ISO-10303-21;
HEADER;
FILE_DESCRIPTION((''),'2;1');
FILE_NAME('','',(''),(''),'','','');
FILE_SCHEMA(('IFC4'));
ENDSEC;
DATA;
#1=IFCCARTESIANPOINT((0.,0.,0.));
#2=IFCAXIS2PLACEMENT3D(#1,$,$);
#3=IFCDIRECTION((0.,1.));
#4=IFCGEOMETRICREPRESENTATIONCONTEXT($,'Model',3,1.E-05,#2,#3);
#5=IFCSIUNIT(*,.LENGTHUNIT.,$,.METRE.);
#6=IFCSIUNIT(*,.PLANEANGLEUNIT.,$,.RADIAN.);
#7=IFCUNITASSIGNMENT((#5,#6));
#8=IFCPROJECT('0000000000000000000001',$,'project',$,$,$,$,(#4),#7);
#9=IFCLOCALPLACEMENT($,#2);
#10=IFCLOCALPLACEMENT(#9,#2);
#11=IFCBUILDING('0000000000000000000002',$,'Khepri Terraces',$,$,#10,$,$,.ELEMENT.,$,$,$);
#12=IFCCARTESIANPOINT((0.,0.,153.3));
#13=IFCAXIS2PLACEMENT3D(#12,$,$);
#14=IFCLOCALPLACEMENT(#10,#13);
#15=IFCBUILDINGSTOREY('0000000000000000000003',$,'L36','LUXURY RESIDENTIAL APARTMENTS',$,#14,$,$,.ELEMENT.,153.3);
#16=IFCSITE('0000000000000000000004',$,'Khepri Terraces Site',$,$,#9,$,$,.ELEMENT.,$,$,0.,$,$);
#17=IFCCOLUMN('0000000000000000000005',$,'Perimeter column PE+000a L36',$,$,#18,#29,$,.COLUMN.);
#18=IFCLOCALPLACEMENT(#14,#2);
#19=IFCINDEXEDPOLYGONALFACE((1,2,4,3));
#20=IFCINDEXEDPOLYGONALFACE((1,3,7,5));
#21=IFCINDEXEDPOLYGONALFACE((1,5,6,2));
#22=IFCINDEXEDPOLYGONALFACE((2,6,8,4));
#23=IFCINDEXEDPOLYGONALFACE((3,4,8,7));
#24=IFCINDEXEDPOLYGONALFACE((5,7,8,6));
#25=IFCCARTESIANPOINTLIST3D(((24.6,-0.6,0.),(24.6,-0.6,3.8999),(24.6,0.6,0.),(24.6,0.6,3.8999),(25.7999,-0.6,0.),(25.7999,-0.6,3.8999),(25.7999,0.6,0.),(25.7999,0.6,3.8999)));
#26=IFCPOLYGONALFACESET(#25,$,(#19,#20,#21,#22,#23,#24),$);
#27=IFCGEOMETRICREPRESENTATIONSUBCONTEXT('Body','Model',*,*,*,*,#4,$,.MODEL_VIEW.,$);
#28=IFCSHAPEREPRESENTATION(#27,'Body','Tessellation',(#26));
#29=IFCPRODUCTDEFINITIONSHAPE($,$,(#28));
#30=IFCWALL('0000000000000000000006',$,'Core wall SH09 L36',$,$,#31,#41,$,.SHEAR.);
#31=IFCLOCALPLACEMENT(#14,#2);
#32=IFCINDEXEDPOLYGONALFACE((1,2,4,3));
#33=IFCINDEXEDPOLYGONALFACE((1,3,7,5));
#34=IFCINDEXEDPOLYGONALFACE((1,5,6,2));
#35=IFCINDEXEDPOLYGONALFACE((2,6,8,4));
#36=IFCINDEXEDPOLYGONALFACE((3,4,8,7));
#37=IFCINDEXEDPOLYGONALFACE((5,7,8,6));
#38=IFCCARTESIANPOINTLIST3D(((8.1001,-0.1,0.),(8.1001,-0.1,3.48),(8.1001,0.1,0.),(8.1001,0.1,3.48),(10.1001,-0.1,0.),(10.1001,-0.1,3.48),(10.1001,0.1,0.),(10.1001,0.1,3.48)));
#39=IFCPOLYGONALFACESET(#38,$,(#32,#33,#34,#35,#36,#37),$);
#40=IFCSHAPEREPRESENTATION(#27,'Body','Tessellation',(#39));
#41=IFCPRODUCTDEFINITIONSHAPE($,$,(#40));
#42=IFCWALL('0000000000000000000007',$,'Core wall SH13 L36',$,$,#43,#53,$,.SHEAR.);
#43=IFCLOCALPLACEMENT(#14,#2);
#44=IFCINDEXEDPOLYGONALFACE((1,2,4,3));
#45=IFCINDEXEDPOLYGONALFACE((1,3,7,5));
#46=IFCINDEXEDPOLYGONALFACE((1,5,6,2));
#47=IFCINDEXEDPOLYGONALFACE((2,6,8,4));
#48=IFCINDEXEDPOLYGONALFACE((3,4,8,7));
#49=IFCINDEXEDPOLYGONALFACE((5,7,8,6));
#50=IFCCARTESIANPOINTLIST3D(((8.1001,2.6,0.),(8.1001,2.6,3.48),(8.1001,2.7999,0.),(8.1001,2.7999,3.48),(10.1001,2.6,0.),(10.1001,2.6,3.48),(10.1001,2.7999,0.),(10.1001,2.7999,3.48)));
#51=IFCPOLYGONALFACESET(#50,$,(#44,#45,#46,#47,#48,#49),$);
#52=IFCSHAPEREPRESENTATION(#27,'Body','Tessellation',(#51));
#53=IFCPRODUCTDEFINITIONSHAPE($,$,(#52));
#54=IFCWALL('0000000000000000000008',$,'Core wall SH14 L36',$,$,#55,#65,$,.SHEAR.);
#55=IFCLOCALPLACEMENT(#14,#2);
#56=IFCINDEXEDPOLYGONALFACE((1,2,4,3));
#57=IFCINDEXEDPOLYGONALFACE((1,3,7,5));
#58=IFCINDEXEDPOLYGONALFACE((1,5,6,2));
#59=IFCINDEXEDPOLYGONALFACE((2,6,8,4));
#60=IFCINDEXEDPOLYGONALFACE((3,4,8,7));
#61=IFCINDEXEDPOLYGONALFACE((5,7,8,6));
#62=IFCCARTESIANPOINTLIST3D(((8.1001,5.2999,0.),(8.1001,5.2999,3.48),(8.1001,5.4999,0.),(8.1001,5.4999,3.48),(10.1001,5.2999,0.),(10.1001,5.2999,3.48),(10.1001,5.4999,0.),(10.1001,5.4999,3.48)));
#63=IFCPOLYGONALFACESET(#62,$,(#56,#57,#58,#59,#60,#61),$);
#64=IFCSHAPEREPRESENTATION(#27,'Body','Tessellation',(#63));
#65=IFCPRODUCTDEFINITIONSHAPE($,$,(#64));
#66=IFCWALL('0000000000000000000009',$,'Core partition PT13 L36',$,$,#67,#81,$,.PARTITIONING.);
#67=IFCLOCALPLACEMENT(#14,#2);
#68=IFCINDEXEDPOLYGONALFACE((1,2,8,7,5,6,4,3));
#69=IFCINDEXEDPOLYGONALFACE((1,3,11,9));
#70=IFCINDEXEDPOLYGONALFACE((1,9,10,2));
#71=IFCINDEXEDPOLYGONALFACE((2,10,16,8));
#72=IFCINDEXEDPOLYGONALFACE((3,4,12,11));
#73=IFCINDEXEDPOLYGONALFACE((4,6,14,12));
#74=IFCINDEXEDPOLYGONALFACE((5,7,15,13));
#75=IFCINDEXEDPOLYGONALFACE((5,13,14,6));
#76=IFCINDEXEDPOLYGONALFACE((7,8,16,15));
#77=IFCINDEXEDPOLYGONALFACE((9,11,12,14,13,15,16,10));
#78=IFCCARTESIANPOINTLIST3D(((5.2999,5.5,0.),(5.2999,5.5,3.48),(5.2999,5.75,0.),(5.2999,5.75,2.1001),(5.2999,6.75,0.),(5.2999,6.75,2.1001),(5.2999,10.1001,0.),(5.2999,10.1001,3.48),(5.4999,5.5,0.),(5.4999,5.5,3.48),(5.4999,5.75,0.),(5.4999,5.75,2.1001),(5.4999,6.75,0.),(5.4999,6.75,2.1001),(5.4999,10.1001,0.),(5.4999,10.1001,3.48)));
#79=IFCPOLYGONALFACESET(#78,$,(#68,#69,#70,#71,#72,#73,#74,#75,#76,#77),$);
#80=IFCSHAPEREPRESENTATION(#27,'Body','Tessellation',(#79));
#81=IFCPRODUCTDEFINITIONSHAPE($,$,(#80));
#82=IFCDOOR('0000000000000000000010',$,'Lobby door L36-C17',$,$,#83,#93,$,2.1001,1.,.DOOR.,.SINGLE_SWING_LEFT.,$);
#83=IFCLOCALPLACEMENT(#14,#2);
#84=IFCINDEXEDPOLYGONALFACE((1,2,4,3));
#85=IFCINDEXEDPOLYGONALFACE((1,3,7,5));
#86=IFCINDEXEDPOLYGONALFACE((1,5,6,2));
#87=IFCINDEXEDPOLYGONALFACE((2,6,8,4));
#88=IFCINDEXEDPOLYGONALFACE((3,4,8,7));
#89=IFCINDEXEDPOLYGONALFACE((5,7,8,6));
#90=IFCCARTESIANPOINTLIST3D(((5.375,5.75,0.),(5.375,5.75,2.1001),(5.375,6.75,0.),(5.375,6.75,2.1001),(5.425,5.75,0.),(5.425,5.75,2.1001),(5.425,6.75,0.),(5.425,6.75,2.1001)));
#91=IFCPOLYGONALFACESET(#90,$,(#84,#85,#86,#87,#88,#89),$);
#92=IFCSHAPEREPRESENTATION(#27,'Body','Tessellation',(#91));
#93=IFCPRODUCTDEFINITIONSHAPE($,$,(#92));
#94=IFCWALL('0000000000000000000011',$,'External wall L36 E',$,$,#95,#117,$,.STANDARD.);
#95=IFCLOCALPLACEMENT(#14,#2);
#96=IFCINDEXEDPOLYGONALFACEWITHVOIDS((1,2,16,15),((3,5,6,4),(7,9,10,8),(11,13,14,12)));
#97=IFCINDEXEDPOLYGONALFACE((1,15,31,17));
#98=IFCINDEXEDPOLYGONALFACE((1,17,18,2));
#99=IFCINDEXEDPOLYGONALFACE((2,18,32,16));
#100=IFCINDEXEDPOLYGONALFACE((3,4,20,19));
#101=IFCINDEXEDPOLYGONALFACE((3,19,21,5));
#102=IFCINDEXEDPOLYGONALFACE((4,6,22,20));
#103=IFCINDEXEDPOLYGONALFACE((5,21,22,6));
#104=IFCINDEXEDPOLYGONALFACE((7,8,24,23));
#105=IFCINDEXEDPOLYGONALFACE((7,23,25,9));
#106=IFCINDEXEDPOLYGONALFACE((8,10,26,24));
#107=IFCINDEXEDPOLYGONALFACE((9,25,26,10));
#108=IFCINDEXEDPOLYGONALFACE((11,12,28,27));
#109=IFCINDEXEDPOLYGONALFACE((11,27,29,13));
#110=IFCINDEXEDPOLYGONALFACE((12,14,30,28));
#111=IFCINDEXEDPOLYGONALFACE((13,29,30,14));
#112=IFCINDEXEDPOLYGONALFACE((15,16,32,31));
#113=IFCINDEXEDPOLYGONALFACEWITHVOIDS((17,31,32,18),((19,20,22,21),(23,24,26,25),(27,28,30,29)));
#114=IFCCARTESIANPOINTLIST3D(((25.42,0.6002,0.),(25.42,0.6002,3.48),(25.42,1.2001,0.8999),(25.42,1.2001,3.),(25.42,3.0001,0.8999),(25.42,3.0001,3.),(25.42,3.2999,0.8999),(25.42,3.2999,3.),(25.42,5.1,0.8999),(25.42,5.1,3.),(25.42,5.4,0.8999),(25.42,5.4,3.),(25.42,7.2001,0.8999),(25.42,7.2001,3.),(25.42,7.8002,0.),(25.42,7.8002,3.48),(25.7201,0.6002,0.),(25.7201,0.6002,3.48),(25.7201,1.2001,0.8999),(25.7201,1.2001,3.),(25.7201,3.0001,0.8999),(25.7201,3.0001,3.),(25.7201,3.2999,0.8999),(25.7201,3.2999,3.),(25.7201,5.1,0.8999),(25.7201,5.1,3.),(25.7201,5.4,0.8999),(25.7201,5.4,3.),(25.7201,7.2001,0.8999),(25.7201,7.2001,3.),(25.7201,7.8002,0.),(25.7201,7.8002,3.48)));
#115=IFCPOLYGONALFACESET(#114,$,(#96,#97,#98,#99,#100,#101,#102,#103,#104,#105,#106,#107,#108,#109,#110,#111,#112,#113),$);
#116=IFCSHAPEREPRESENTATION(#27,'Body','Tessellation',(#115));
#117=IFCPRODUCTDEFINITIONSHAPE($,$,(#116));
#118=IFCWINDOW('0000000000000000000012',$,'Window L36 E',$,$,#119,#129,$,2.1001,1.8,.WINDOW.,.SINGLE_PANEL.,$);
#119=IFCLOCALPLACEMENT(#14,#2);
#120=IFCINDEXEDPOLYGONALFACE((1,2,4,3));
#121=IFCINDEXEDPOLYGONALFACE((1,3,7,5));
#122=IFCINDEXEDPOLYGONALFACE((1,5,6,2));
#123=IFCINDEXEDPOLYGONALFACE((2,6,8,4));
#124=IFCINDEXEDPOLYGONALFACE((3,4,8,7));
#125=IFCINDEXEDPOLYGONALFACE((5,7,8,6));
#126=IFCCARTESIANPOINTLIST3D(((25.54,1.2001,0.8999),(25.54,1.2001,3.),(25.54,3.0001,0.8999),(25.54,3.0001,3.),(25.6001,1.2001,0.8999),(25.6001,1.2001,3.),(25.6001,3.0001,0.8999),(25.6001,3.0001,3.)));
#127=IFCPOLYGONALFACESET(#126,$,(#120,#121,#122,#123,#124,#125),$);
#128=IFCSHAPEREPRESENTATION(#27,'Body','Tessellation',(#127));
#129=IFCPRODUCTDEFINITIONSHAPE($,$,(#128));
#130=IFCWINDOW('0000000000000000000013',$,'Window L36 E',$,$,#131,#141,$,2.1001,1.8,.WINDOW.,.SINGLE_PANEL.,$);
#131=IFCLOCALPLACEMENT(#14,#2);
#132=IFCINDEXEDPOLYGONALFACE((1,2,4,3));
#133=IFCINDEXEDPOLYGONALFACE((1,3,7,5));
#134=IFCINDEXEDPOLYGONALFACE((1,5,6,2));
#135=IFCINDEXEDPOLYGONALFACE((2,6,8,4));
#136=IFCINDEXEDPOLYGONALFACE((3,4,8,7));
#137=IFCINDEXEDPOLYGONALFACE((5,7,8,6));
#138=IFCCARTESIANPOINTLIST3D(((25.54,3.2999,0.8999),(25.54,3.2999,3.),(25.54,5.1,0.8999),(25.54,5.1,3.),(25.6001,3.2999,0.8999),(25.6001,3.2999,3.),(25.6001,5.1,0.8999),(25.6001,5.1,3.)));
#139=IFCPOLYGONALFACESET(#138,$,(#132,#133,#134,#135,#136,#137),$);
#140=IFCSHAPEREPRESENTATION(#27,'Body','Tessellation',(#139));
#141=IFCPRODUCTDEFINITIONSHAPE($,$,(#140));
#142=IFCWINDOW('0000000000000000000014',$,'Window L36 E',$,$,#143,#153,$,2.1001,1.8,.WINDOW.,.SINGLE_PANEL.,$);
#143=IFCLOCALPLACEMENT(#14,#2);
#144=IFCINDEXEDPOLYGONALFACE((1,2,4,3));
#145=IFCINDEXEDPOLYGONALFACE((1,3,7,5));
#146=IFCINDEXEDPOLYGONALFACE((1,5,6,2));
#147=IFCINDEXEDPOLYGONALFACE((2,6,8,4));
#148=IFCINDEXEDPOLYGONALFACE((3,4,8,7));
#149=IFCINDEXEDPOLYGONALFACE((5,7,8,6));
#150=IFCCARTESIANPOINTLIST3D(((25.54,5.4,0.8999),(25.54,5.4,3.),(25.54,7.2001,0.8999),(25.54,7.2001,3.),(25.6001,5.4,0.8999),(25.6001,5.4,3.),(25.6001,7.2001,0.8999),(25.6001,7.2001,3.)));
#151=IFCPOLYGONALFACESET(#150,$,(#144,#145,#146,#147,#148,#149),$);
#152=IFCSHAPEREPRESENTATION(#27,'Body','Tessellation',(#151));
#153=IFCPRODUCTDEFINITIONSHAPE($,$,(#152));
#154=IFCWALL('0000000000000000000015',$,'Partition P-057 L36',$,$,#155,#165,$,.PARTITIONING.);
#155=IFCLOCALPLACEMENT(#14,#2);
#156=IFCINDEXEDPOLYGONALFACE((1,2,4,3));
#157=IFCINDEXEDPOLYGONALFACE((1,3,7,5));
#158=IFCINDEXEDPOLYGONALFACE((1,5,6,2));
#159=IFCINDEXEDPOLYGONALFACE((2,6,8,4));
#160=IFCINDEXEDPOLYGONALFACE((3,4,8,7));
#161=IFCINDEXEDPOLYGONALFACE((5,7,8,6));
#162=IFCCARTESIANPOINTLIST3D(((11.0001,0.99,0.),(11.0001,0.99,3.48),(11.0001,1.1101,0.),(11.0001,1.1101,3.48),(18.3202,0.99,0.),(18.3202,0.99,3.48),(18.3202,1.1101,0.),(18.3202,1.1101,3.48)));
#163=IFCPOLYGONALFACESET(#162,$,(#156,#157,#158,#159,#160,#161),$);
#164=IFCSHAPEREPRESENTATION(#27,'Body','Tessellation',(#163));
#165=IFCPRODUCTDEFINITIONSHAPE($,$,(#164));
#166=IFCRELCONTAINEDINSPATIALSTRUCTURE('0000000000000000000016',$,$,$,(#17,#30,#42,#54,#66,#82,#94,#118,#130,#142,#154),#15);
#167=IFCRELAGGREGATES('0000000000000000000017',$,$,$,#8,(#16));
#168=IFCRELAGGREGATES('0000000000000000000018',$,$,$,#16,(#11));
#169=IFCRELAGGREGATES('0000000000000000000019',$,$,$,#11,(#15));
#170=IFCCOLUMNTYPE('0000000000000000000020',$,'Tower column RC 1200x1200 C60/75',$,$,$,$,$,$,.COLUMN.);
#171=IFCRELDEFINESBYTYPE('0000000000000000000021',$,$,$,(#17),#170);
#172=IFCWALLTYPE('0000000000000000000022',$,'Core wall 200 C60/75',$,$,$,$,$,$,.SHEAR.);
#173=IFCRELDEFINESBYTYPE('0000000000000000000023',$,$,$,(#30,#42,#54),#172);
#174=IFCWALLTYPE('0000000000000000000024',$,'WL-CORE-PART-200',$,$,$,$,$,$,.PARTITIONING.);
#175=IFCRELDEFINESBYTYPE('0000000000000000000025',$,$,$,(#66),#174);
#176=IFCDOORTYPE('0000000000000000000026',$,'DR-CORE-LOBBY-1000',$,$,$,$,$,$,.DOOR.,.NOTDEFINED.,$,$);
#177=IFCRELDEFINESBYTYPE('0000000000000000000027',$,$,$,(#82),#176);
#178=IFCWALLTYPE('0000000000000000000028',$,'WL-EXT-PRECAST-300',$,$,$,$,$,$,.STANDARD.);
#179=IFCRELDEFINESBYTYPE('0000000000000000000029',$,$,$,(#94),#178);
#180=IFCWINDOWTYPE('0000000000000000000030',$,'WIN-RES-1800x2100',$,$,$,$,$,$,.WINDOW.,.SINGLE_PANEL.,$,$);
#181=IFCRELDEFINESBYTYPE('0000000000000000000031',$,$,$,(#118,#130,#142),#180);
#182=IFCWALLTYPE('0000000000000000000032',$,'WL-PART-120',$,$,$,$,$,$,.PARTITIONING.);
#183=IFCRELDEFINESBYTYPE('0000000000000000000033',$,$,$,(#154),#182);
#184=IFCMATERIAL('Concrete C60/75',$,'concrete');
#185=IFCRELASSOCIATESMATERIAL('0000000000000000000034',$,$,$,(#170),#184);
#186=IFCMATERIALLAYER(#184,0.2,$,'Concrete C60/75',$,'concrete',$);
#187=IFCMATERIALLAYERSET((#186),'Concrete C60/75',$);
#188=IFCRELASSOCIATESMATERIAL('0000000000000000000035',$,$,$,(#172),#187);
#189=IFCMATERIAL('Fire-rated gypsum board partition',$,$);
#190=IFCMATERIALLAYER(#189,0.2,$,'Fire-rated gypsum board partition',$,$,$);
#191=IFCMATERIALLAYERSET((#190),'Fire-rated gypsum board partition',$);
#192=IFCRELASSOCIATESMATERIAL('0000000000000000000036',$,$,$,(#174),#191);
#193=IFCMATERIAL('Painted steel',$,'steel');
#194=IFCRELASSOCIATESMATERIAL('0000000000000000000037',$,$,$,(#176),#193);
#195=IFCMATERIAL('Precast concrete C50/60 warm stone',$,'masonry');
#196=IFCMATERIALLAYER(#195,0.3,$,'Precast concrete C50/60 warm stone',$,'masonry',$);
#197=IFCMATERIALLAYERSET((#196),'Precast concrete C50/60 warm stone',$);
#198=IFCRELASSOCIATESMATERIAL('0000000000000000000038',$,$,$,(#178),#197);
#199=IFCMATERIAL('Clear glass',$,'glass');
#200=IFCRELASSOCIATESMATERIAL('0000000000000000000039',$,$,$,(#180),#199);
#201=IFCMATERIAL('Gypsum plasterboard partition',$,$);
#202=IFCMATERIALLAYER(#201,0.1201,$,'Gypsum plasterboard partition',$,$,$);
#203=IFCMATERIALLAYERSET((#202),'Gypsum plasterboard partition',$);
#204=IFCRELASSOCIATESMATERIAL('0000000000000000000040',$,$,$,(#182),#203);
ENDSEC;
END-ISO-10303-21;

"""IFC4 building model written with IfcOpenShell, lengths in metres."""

from ifc_helpers import new_model, si_unit, direction, frame, frame_2d, origin, origin_2d, place, context, subcontext, project, spatial, rectangle, extrude, material, layer, layer_set, material_profile, profile_set, type_object, element, fill, save


model = new_model("IFC4")

# Units and contexts
model_context = context("Model", 3, precision=1e-05, world=origin(), true_north=direction((0.0, 1.0)))
body_context = subcontext(model_context, "Body", "Model", "MODEL_VIEW")
ifc_project = project(units=[si_unit("LENGTHUNIT", "METRE"), si_unit("PLANEANGLEUNIT", "RADIAN")], contexts=[model_context])

# Site, building, storey
site_placement = place(None, origin())
site = spatial("IfcSite", under=ifc_project, at=site_placement, Name="Khepri Terraces Site", CompositionType="ELEMENT", RefElevation=0.0)
building_placement = place(site_placement, origin())
building = spatial("IfcBuilding", under=site, at=building_placement, Name="Khepri Terraces", CompositionType="ELEMENT")
storey_placement = place(building_placement, frame((0.0, 0.0, 153.3)))
storey = spatial("IfcBuildingStorey", under=building, at=storey_placement, Name="L36", Description="LUXURY RESIDENTIAL APARTMENTS", CompositionType="ELEMENT", Elevation=153.3)

# Column
ifc_material_1 = material(Name="Concrete C60/75", Category="concrete")
ifc_material_profile = material_profile(ifc_material_1, rectangle(XDim=1.2, YDim=1.2, at=origin_2d()), Name="Concrete C60/75", Category="concrete")
ifc_profile_set = profile_set([ifc_material_profile], Name="Concrete C60/75")
column_type = type_object("IfcColumnType", Name="Tower column RC 1200x1200 C60/75", PredefinedType="COLUMN", material=ifc_profile_set)
column_placement = place(storey_placement, frame((25.2, 0.0, 0.0), z_axis=(0.0, 0.0, 1.0), x_axis=(1.0, 0.0, 0.0)))
element("IfcColumn", 1, at=column_placement, inside=storey, type_object=column_type, Name="Perimeter column PE+000a L36", PredefinedType="COLUMN", context=body_context, shape_type="SweptSolid", body=[
    extrude(rectangle(XDim=1.2, YDim=1.2, at=origin_2d()), origin(), (0.0, 0.0, 1.0), 3.8999),
])

# Walls
ifc_layer_1 = layer(ifc_material_1, 0.2, Name="Concrete C60/75", Category="concrete")
ifc_layer_set_1 = layer_set([ifc_layer_1], Name="Concrete C60/75")
wall_type_1 = type_object("IfcWallType", Name="Core wall 200 C60/75", PredefinedType="SHEAR", material=ifc_layer_set_1)
for number, where, z_axis, x_axis, name in (
    (2, (8.1001, 0.0, 0.0), (0.0, 0.0, 1.0), (1.0, 0.0, 0.0), "Core wall SH09 L36"),
    (3, (8.1001, 2.7, 0.0), (0.0, 0.0, 1.0), (1.0, 0.0, 0.0), "Core wall SH13 L36"),
    (4, (8.1001, 5.3999, 0.0), (0.0, 0.0, 1.0), (1.0, 0.0, 0.0), "Core wall SH14 L36"),
):
    element("IfcWall", number, at=place(storey_placement, frame(where, z_axis=z_axis, x_axis=x_axis)), inside=storey, type_object=wall_type_1, Name=name, PredefinedType="SHEAR", context=body_context, shape_type="SweptSolid", body=[
        extrude(rectangle(XDim=2.0, YDim=0.2, at=frame_2d((1.0, 0.0))), origin(), (0.0, 0.0, 1.0), 3.48),
    ])

# Wall, opening, door
ifc_material_2 = material(Name="Fire-rated gypsum board partition")
ifc_layer_2 = layer(ifc_material_2, 0.2, Name="Fire-rated gypsum board partition")
ifc_layer_set_2 = layer_set([ifc_layer_2], Name="Fire-rated gypsum board partition")
wall_type_2 = type_object("IfcWallType", Name="WL-CORE-PART-200", PredefinedType="PARTITIONING", material=ifc_layer_set_2)
wall_1_placement = place(storey_placement, frame((5.3999, 5.5, 0.0), z_axis=(0.0, 0.0, 1.0), x_axis=(0.0, 1.0, 0.0)))
wall_1 = element("IfcWall", 5, at=wall_1_placement, inside=storey, type_object=wall_type_2, Name="Core partition PT13 L36", PredefinedType="PARTITIONING", context=body_context, shape_type="SweptSolid", body=[
    extrude(rectangle(XDim=4.6001, YDim=0.2, at=frame_2d((2.3, 0.0))), origin(), (0.0, 0.0, 1.0), 3.48),
])
opening_1_placement = place(wall_1_placement, frame((0.25, 0.0, 0.0)))
opening_1 = element("IfcOpeningElement", 6, at=opening_1_placement, cuts=wall_1, PredefinedType="OPENING", context=body_context, shape_type="SweptSolid", body=[
    extrude(rectangle(XDim=1.0, YDim=2.1001, at=frame_2d((0.5, 1.05))), frame((0.0, 0.1099, 0.0), z_axis=(0.0, -1.0, 0.0), x_axis=(1.0, 0.0, 0.0)), (0.0, 0.0, 1.0), 0.22),
])
ifc_material_3 = material(Name="Painted steel", Category="steel")
door_type_1 = type_object("IfcDoorType", Name="DR-CORE-LOBBY-1000", OperationType="NOTDEFINED", PredefinedType="DOOR", material=ifc_material_3)
door_1_placement = place(opening_1_placement, origin())
door_1 = element("IfcDoor", 7, at=door_1_placement, inside=storey, type_object=door_type_1, Name="Lobby door L36-C17", OperationType="SINGLE_SWING_LEFT", OverallHeight=2.1001, OverallWidth=1.0, PredefinedType="DOOR", context=body_context, shape_type="SweptSolid", body=[
    extrude(rectangle(XDim=1.0, YDim=2.1001, at=frame_2d((0.5, 1.05))), frame((0.0, 0.0249, 0.0), z_axis=(0.0, -1.0, 0.0), x_axis=(1.0, 0.0, 0.0)), (0.0, 0.0, 1.0), 0.05),
])
fill(opening_1, door_1)

# Wall, openings, windows
ifc_material_4 = material(Name="Precast concrete C50/60 warm stone", Category="masonry")
ifc_layer_3 = layer(ifc_material_4, 0.3, Name="Precast concrete C50/60 warm stone", Category="masonry")
ifc_layer_set_3 = layer_set([ifc_layer_3], Name="Precast concrete C50/60 warm stone")
wall_type_3 = type_object("IfcWallType", Name="WL-EXT-PRECAST-300", PredefinedType="STANDARD", material=ifc_layer_set_3)
wall_2_placement = place(storey_placement, frame((25.5701, 0.6001, 0.0), z_axis=(0.0, 0.0, 1.0), x_axis=(0.0, 1.0, 0.0)))
wall_2 = element("IfcWall", 8, at=wall_2_placement, inside=storey, type_object=wall_type_3, Name="External wall L36 E", PredefinedType="STANDARD", context=body_context, shape_type="SweptSolid", body=[
    extrude(rectangle(XDim=7.2, YDim=0.3, at=frame_2d((3.6001, 0.0))), origin(), (0.0, 0.0, 1.0), 3.48),
])
opening_2_placement = place(wall_2_placement, frame((0.6001, 0.0, 0.8999)))
opening_2 = element("IfcOpeningElement", 9, at=opening_2_placement, cuts=wall_2, PredefinedType="OPENING", context=body_context, shape_type="SweptSolid", body=[
    extrude(rectangle(XDim=1.8, YDim=2.1001, at=frame_2d((0.8999, 1.05))), frame((0.0, 0.1602, 0.0), z_axis=(0.0, -1.0, 0.0), x_axis=(1.0, 0.0, 0.0)), (0.0, 0.0, 1.0), 0.3201),
])
opening_3_placement = place(wall_2_placement, frame((2.7, 0.0, 0.8999)))
opening_3 = element("IfcOpeningElement", 10, at=opening_3_placement, cuts=wall_2, PredefinedType="OPENING", context=body_context, shape_type="SweptSolid", body=[
    extrude(rectangle(XDim=1.8, YDim=2.1001, at=frame_2d((0.8999, 1.05))), frame((0.0, 0.1602, 0.0), z_axis=(0.0, -1.0, 0.0), x_axis=(1.0, 0.0, 0.0)), (0.0, 0.0, 1.0), 0.3201),
])
opening_4_placement = place(wall_2_placement, frame((4.8, 0.0, 0.8999)))
opening_4 = element("IfcOpeningElement", 11, at=opening_4_placement, cuts=wall_2, PredefinedType="OPENING", context=body_context, shape_type="SweptSolid", body=[
    extrude(rectangle(XDim=1.8, YDim=2.1001, at=frame_2d((0.8999, 1.05))), frame((0.0, 0.1602, 0.0), z_axis=(0.0, -1.0, 0.0), x_axis=(1.0, 0.0, 0.0)), (0.0, 0.0, 1.0), 0.3201),
])
ifc_material_5 = material(Name="Clear glass", Category="glass")
window_type = type_object("IfcWindowType", Name="WIN-RES-1800x2100", PartitioningType="SINGLE_PANEL", PredefinedType="WINDOW", material=ifc_material_5)
window_1_placement = place(opening_2_placement, origin())
window_1 = element("IfcWindow", 12, at=window_1_placement, inside=storey, type_object=window_type, Name="Window L36 E", OverallHeight=2.1001, OverallWidth=1.8, PartitioningType="SINGLE_PANEL", PredefinedType="WINDOW", context=body_context, shape_type="SweptSolid", body=[
    extrude(rectangle(XDim=1.8, YDim=2.1001, at=frame_2d((0.8999, 1.05))), frame((0.0, 0.03, 0.0), z_axis=(0.0, -1.0, 0.0), x_axis=(1.0, 0.0, 0.0)), (0.0, 0.0, 1.0), 0.0601),
])
fill(opening_2, window_1)
window_2_placement = place(opening_3_placement, origin())
window_2 = element("IfcWindow", 13, at=window_2_placement, inside=storey, type_object=window_type, Name="Window L36 E", OverallHeight=2.1001, OverallWidth=1.8, PartitioningType="SINGLE_PANEL", PredefinedType="WINDOW", context=body_context, shape_type="SweptSolid", body=[
    extrude(rectangle(XDim=1.8, YDim=2.1001, at=frame_2d((0.8999, 1.05))), frame((0.0, 0.03, 0.0), z_axis=(0.0, -1.0, 0.0), x_axis=(1.0, 0.0, 0.0)), (0.0, 0.0, 1.0), 0.0601),
])
fill(opening_3, window_2)
window_3_placement = place(opening_4_placement, origin())
window_3 = element("IfcWindow", 14, at=window_3_placement, inside=storey, type_object=window_type, Name="Window L36 E", OverallHeight=2.1001, OverallWidth=1.8, PartitioningType="SINGLE_PANEL", PredefinedType="WINDOW", context=body_context, shape_type="SweptSolid", body=[
    extrude(rectangle(XDim=1.8, YDim=2.1001, at=frame_2d((0.8999, 1.05))), frame((0.0, 0.03, 0.0), z_axis=(0.0, -1.0, 0.0), x_axis=(1.0, 0.0, 0.0)), (0.0, 0.0, 1.0), 0.0601),
])
fill(opening_4, window_3)

# Wall
ifc_material_6 = material(Name="Gypsum plasterboard partition")
ifc_layer_4 = layer(ifc_material_6, 0.1201, Name="Gypsum plasterboard partition")
ifc_layer_set_4 = layer_set([ifc_layer_4], Name="Gypsum plasterboard partition")
wall_type_4 = type_object("IfcWallType", Name="WL-PART-120", PredefinedType="PARTITIONING", material=ifc_layer_set_4)
wall_3_placement = place(storey_placement, frame((11.0, 1.05, 0.0), z_axis=(0.0, 0.0, 1.0), x_axis=(1.0, 0.0, 0.0)))
element("IfcWall", 15, at=wall_3_placement, inside=storey, type_object=wall_type_4, Name="Partition P-057 L36", PredefinedType="PARTITIONING", context=body_context, shape_type="SweptSolid", body=[
    extrude(rectangle(XDim=7.3201, YDim=0.1201, at=frame_2d((3.6602, 0.0))), origin(), (0.0, 0.0, 1.0), 3.48),
])

save(model, "model.ifc")
